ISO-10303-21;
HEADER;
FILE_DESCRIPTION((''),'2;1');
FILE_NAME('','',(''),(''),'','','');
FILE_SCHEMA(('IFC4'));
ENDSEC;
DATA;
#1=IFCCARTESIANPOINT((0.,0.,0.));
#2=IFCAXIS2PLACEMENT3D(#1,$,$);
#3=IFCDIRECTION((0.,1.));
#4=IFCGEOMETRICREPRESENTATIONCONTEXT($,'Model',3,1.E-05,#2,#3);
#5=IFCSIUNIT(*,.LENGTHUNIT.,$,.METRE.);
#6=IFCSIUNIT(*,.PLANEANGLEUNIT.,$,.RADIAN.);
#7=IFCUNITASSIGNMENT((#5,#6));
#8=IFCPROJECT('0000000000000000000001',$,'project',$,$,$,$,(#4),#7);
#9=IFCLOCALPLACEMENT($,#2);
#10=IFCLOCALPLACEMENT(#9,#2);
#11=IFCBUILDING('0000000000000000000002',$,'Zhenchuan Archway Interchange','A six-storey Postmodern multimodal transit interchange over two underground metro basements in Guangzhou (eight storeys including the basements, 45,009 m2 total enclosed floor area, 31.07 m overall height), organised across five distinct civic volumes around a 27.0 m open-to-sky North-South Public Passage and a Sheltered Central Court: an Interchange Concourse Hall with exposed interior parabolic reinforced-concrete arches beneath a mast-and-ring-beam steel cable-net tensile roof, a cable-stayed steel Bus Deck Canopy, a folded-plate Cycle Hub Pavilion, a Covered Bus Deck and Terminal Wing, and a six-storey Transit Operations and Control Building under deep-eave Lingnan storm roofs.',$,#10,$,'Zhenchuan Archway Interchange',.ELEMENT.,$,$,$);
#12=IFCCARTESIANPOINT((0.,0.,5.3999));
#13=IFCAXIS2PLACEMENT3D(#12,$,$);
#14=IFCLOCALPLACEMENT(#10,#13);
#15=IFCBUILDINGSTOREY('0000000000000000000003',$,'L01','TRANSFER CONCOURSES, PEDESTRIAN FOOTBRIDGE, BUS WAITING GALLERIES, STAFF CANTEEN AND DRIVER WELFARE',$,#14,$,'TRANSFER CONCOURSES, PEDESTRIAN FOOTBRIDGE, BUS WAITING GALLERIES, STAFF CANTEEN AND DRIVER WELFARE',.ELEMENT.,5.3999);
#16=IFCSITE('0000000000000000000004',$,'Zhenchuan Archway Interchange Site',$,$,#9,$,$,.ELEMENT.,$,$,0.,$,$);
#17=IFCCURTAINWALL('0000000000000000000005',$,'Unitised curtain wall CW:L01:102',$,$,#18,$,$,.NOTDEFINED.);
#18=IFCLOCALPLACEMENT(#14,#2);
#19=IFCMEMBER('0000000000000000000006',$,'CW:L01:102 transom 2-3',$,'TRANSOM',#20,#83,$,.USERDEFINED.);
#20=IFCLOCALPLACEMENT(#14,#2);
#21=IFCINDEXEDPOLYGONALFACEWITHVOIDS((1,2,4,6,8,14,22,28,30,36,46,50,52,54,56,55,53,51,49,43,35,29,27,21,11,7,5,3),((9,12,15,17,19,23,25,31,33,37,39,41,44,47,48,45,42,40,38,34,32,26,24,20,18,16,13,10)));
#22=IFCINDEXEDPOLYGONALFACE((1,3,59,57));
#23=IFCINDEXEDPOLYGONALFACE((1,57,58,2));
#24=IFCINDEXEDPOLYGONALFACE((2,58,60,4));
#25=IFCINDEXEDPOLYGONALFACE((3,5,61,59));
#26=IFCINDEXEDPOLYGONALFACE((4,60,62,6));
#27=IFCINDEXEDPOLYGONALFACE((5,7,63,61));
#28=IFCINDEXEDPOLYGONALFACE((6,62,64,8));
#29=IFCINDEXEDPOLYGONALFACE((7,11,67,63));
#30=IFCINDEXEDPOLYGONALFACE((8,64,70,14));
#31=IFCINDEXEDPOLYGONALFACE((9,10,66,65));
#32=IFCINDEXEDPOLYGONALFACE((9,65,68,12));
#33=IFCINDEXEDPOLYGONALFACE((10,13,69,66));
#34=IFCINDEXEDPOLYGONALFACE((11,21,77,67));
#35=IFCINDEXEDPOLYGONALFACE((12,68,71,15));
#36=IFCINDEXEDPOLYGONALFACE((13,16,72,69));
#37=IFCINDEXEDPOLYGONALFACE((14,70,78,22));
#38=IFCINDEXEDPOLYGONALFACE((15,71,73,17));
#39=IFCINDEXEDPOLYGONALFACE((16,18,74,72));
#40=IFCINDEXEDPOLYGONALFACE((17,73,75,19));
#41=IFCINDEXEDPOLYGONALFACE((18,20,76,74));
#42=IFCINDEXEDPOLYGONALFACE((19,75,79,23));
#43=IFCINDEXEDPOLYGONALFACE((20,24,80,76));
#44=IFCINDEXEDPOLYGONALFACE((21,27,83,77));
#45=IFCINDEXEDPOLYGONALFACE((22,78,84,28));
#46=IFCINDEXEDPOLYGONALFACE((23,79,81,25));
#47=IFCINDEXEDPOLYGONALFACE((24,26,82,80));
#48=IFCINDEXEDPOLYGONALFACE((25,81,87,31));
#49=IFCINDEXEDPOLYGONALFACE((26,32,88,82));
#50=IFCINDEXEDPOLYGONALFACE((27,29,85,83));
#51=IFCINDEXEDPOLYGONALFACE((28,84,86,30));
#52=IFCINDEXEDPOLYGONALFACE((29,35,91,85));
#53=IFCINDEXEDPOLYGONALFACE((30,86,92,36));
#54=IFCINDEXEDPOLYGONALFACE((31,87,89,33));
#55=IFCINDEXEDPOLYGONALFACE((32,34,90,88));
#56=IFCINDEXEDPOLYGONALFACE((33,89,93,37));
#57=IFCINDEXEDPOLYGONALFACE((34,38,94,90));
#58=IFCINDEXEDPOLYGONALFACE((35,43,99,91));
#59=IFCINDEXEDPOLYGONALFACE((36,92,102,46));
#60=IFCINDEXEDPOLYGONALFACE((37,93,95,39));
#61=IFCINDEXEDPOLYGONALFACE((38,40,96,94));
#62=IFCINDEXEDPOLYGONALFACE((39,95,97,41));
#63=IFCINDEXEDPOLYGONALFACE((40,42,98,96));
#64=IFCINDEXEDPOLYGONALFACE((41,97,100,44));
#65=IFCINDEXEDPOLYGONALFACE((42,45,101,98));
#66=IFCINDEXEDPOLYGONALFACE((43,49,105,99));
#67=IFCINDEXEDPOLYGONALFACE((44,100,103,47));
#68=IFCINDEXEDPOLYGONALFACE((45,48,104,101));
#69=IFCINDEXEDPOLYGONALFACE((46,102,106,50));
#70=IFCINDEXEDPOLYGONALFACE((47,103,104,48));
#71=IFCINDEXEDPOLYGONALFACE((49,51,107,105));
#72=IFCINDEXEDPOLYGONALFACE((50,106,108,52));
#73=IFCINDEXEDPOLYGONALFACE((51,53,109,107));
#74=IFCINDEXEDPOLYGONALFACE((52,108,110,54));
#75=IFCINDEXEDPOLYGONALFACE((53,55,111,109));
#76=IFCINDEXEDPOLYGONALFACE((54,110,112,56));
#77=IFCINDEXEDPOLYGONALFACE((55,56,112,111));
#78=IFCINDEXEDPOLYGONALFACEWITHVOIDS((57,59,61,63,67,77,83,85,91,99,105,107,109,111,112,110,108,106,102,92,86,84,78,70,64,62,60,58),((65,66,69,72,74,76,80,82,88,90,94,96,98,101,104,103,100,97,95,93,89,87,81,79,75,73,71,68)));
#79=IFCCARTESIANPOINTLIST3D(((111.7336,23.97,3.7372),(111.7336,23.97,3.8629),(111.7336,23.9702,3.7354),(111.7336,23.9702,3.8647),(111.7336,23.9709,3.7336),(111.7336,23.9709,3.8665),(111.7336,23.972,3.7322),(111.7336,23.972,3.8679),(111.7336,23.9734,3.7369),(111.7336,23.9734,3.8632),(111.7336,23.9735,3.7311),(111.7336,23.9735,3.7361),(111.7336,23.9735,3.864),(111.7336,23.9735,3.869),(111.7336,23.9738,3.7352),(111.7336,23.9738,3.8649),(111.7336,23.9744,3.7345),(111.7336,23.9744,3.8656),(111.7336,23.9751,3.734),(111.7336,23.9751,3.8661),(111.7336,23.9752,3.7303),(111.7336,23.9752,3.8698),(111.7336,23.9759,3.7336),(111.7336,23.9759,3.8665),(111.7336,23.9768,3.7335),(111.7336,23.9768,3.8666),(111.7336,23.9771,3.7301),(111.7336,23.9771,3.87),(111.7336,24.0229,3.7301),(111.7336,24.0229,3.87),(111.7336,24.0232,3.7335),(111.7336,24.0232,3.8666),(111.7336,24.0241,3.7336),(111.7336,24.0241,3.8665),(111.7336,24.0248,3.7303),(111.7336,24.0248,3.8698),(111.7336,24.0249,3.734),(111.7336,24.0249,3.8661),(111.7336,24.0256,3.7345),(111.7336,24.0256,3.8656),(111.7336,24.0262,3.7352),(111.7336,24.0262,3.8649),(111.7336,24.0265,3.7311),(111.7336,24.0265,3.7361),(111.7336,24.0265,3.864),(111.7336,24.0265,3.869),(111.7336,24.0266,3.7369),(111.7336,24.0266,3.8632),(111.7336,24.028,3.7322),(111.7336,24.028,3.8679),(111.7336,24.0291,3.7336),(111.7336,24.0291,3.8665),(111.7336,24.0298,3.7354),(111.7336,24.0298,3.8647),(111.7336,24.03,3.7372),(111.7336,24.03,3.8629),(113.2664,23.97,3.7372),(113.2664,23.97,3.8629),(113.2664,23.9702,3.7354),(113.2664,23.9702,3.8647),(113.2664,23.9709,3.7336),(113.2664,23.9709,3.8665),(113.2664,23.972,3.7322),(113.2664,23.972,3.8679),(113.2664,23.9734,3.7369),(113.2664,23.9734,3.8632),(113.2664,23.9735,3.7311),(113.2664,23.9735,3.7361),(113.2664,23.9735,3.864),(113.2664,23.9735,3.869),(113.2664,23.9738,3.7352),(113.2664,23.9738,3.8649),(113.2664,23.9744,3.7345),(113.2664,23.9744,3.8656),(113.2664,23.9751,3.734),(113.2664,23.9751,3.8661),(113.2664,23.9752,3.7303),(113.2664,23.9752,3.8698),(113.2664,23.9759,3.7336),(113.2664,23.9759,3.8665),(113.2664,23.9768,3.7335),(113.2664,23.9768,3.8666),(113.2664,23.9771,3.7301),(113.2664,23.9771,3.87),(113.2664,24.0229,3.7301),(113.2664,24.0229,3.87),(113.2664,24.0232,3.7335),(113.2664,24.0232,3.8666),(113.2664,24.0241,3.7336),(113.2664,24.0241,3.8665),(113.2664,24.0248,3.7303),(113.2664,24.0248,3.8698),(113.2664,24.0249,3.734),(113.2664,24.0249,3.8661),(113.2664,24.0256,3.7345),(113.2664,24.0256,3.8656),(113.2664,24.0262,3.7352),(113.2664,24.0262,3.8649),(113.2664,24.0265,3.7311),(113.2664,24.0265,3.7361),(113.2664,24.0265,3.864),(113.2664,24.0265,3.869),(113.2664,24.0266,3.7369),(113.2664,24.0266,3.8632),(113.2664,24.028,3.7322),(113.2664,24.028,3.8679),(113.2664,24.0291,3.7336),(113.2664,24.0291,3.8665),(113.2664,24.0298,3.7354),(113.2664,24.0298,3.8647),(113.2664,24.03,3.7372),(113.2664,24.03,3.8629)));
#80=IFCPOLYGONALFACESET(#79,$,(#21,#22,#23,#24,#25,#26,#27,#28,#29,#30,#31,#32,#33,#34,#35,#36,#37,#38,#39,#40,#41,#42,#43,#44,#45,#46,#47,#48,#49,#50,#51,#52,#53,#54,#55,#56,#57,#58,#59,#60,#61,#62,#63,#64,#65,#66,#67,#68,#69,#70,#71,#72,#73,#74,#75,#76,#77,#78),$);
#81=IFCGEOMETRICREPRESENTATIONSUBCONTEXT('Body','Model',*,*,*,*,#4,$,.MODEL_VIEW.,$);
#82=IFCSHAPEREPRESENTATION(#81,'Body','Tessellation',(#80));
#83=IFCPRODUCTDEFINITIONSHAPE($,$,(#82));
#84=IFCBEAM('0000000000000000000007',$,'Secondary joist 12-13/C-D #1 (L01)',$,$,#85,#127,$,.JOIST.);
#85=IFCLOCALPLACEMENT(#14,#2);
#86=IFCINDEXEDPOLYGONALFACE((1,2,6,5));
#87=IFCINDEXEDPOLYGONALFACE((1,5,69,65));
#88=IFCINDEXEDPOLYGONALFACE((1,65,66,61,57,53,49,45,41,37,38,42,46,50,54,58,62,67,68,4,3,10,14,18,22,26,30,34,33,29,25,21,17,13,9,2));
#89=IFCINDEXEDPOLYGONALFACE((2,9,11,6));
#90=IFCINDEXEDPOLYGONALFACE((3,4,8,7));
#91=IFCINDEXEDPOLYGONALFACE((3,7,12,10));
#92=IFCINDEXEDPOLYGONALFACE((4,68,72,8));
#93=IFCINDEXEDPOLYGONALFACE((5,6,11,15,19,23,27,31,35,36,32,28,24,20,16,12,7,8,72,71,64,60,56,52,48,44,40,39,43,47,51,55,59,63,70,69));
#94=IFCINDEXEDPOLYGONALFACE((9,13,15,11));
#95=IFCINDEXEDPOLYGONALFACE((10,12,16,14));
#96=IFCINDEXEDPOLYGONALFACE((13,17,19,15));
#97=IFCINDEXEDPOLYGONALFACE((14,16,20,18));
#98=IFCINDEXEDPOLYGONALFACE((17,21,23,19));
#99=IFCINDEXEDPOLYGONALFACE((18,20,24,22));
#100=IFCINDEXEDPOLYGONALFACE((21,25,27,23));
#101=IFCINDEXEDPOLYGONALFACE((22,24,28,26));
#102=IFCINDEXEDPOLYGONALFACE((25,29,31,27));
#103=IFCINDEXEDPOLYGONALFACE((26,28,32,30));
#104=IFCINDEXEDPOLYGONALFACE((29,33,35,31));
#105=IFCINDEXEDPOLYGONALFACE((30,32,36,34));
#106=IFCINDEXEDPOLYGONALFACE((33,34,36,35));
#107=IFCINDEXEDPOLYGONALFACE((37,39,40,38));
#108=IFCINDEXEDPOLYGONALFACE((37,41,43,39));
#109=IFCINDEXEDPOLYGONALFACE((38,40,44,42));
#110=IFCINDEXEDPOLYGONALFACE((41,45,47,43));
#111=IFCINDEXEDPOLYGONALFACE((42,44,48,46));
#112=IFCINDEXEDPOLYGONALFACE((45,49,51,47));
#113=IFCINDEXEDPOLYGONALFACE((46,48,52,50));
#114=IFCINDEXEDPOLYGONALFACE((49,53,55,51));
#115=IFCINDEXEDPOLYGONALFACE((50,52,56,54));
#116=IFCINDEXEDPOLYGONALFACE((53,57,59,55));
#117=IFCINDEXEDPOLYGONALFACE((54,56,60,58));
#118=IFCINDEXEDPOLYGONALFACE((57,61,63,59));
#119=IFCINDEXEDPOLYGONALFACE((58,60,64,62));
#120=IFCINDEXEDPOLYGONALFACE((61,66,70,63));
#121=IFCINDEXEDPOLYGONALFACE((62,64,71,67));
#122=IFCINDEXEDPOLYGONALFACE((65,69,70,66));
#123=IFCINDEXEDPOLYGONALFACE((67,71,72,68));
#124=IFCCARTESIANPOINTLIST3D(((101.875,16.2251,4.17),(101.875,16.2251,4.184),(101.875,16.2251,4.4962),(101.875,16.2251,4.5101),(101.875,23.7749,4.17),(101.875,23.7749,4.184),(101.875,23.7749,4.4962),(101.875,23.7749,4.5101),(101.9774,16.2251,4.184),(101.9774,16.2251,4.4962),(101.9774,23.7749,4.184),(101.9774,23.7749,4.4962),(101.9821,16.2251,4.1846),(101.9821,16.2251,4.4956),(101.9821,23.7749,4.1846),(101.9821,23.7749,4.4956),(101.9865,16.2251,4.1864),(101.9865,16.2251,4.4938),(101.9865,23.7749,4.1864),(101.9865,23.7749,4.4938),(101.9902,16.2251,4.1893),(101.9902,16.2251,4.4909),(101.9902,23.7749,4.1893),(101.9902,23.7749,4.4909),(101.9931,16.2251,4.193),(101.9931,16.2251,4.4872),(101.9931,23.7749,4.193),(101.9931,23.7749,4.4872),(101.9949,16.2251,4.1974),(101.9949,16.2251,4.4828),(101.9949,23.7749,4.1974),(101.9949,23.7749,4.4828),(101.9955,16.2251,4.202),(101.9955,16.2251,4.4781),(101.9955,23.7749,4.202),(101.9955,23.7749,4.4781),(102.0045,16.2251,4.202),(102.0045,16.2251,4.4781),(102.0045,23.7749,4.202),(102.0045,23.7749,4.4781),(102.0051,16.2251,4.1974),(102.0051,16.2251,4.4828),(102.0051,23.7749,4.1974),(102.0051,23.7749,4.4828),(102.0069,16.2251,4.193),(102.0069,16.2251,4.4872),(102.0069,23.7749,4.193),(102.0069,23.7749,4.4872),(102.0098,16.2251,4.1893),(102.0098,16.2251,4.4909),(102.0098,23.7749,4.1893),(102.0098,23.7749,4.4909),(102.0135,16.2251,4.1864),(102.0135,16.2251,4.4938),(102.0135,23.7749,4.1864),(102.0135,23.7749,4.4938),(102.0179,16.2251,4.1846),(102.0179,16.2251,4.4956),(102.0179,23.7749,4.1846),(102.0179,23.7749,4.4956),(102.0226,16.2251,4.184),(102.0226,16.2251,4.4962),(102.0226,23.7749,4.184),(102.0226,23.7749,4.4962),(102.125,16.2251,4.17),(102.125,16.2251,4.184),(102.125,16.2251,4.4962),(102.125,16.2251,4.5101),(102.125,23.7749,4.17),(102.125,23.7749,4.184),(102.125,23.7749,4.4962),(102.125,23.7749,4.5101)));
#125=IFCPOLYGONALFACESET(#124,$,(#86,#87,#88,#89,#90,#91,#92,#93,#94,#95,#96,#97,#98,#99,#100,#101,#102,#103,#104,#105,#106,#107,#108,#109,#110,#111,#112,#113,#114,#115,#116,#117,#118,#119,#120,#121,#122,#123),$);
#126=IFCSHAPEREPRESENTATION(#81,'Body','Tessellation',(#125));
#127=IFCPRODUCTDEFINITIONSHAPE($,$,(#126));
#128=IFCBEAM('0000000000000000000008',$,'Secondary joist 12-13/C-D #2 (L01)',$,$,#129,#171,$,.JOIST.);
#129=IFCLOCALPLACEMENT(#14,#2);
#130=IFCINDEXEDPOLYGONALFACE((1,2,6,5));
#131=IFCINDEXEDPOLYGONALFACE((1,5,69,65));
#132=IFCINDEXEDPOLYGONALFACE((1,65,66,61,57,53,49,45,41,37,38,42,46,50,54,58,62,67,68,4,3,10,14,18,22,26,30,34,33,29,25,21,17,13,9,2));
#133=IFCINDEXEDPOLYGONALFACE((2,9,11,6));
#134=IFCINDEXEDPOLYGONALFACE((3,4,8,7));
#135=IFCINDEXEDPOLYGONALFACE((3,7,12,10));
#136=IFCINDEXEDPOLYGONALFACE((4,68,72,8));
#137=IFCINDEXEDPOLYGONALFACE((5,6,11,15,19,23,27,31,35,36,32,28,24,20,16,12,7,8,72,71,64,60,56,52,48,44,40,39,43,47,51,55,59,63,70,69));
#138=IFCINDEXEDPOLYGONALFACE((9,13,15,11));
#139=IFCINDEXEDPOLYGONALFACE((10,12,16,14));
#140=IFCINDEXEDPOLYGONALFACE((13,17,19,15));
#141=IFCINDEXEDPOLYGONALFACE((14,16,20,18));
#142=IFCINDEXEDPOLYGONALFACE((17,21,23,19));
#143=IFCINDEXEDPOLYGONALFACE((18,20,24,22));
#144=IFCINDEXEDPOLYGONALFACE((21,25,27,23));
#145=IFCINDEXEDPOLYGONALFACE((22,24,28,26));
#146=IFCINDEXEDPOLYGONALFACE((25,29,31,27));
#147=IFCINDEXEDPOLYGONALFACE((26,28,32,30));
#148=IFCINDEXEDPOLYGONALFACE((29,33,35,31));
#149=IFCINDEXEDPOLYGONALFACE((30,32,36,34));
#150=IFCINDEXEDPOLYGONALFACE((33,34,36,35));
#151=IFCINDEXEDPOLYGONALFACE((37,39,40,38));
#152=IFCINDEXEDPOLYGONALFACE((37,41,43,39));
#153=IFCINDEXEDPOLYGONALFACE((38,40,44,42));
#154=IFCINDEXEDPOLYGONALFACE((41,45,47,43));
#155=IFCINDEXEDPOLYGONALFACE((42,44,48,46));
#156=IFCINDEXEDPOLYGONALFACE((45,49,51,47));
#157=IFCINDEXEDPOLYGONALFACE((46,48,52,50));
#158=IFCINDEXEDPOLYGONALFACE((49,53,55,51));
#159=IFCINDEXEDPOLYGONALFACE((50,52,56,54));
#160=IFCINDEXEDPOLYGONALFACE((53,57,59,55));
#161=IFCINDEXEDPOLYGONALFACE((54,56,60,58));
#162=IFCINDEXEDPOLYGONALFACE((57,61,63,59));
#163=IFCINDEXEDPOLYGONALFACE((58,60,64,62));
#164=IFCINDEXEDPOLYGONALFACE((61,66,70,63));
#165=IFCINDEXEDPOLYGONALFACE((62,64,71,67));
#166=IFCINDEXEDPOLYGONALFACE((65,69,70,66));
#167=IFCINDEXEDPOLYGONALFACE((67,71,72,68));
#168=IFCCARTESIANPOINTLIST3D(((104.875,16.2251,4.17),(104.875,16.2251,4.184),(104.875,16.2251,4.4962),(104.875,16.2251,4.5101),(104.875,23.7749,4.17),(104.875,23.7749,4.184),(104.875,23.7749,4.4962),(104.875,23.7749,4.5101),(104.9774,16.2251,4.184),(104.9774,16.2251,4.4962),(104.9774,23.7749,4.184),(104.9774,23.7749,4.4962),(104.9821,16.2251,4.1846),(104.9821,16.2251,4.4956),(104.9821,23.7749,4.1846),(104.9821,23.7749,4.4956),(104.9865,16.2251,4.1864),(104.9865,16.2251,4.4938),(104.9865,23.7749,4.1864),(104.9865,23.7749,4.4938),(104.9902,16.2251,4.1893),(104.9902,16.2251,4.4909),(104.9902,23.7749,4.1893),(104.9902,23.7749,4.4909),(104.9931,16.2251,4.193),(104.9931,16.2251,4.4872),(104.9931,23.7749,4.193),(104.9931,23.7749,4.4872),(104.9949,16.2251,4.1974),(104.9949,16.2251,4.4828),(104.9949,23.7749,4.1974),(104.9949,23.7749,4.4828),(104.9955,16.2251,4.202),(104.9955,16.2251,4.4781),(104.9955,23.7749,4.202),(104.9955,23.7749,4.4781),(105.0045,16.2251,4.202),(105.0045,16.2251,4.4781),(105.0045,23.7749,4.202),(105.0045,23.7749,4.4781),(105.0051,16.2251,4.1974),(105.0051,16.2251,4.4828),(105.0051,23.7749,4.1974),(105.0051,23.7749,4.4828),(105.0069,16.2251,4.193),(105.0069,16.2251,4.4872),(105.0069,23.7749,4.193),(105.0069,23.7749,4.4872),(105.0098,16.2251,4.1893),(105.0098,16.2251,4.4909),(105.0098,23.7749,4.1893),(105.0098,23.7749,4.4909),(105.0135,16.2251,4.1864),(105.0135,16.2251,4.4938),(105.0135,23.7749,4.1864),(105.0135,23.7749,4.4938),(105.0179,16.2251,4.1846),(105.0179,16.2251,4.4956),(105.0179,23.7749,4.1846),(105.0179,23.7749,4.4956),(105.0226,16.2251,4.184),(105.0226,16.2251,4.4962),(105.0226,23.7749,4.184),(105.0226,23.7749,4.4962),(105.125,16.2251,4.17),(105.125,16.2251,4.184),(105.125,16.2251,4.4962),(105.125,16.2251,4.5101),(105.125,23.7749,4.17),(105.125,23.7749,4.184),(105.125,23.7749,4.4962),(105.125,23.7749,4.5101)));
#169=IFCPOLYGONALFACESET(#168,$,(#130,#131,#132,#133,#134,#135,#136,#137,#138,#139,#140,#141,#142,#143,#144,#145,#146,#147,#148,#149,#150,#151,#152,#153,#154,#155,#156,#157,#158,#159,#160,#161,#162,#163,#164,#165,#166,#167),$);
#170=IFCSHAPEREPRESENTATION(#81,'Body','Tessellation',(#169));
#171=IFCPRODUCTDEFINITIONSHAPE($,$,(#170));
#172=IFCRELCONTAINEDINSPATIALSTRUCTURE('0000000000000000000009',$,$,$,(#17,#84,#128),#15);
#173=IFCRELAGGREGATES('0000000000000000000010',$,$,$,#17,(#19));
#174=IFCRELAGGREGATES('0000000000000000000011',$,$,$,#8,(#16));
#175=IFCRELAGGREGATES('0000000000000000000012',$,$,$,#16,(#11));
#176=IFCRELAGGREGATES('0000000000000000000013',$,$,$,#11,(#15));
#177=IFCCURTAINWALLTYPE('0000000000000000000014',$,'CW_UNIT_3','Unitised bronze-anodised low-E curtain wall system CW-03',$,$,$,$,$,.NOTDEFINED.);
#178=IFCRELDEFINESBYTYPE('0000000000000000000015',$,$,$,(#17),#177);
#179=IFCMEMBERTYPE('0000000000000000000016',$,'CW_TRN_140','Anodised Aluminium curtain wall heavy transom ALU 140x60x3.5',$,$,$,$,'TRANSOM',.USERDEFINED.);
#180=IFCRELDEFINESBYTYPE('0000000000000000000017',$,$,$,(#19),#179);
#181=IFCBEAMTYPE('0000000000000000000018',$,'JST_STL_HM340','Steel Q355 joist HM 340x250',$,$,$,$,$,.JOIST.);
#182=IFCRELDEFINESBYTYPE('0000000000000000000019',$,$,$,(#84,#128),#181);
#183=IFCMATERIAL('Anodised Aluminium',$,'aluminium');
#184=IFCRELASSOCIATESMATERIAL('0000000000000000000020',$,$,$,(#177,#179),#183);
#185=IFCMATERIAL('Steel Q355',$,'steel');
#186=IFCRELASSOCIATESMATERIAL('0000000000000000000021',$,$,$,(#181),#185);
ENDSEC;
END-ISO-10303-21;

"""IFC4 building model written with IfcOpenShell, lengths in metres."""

from ifc_helpers import new_model, si_unit, direction, frame, origin, origin_2d, place, context, subcontext, project, spatial, hollow_rectangle, i_section, extrude, material, material_profile, profile_set, type_object, element, aggregate, save


model = new_model("IFC4")

# Units and contexts
model_context = context("Model", 3, precision=1e-05, world=origin(), true_north=direction((0.0, 1.0)))
body_context = subcontext(model_context, "Body", "Model", "MODEL_VIEW")
ifc_project = project(units=[si_unit("LENGTHUNIT", "METRE"), si_unit("PLANEANGLEUNIT", "RADIAN")], contexts=[model_context])

# Site, building, storey
site_placement = place(None, origin())
site = spatial("IfcSite", under=ifc_project, at=site_placement, Name="Zhenchuan Archway Interchange Site", CompositionType="ELEMENT", RefElevation=0.0)
building_placement = place(site_placement, origin())
building = spatial("IfcBuilding", under=site, at=building_placement, Name="Zhenchuan Archway Interchange", Description="A six-storey Postmodern multimodal transit interchange over two underground metro basements in Guangzhou (eight storeys including the basements, 45,009 m2 total enclosed floor area, 31.07 m overall height), organised across five distinct civic volumes around a 27.0 m open-to-sky North-South Public Passage and a Sheltered Central Court: an Interchange Concourse Hall with exposed interior parabolic reinforced-concrete arches beneath a mast-and-ring-beam steel cable-net tensile roof, a cable-stayed steel Bus Deck Canopy, a folded-plate Cycle Hub Pavilion, a Covered Bus Deck and Terminal Wing, and a six-storey Transit Operations and Control Building under deep-eave Lingnan storm roofs.", LongName="Zhenchuan Archway Interchange", CompositionType="ELEMENT")
storey_placement = place(building_placement, frame((0.0, 0.0, 5.3999)))
storey = spatial("IfcBuildingStorey", under=building, at=storey_placement, Name="L01", Description="TRANSFER CONCOURSES, PEDESTRIAN FOOTBRIDGE, BUS WAITING GALLERIES, STAFF CANTEEN AND DRIVER WELFARE", LongName="TRANSFER CONCOURSES, PEDESTRIAN FOOTBRIDGE, BUS WAITING GALLERIES, STAFF CANTEEN AND DRIVER WELFARE", CompositionType="ELEMENT", Elevation=5.3999)

# Curtain wall, member
ifc_material_1 = material(Name="Anodised Aluminium", Category="aluminium")
curtain_wall_type = type_object("IfcCurtainWallType", Name="CW_UNIT_3", Description="Unitised bronze-anodised low-E curtain wall system CW-03", PredefinedType="NOTDEFINED", material=ifc_material_1)
curtain_wall_placement = place(storey_placement, origin())
curtain_wall = element("IfcCurtainWall", 1, at=curtain_wall_placement, inside=storey, type_object=curtain_wall_type, Name="Unitised curtain wall CW:L01:102", PredefinedType="NOTDEFINED")
ifc_material_profile_1 = material_profile(ifc_material_1, hollow_rectangle(XDim=0.0601, YDim=0.1399, WallThickness=0.0034, InnerFilletRadius=0.0034, OuterFilletRadius=0.0071, at=origin_2d()), Name="ALU 140x60x3.5")
ifc_profile_set_1 = profile_set([ifc_material_profile_1], Name="Anodised Aluminium")
member_type_1 = type_object("IfcMemberType", Name="CW_TRN_140", Description="Anodised Aluminium curtain wall heavy transom ALU 140x60x3.5", ElementType="TRANSOM", PredefinedType="USERDEFINED", material=ifc_profile_set_1)
member_1_placement = place(storey_placement, frame((111.7336, 24.0, 3.8), z_axis=(1.0, 0.0, 0.0), x_axis=(0.0, 1.0, 0.0)))
member_1 = element("IfcMember", 2, at=member_1_placement, type_object=member_type_1, Name="CW:L01:102 transom 2-3", ObjectType="TRANSOM", PredefinedType="USERDEFINED", context=body_context, shape_type="SweptSolid", body=[
    extrude(hollow_rectangle(XDim=0.0601, YDim=0.1399, WallThickness=0.0034, InnerFilletRadius=0.0034, OuterFilletRadius=0.0071, at=origin_2d()), origin(), (0.0, 0.0, 1.0), 1.5327),
])

# Beams
ifc_material_2 = material(Name="Steel Q355", Category="steel")
ifc_material_profile_2 = material_profile(ifc_material_2, i_section(OverallWidth=0.25, OverallDepth=0.3401, WebThickness=0.009, FlangeThickness=0.0139, FilletRadius=0.0181, at=origin_2d()), Name="HM 340x250")
ifc_profile_set_2 = profile_set([ifc_material_profile_2], Name="Steel Q355")
beam_type_1 = type_object("IfcBeamType", Name="JST_STL_HM340", Description="Steel Q355 joist HM 340x250", PredefinedType="JOIST", material=ifc_profile_set_2)
for number, where, z_axis, x_axis, name in (
    (3, (102.0, 16.2251, 4.3401), (0.0, 1.0, 0.0), (-1.0, 0.0, 0.0), "Secondary joist 12-13/C-D #1 (L01)"),
    (4, (105.0, 16.2251, 4.3401), (0.0, 1.0, 0.0), (-1.0, 0.0, 0.0), "Secondary joist 12-13/C-D #2 (L01)"),
):
    element("IfcBeam", number, at=place(storey_placement, frame(where, z_axis=z_axis, x_axis=x_axis)), inside=storey, type_object=beam_type_1, Name=name, PredefinedType="JOIST", context=body_context, shape_type="SweptSolid", body=[
        extrude(i_section(OverallWidth=0.25, OverallDepth=0.3401, WebThickness=0.009, FlangeThickness=0.0139, FilletRadius=0.0181, at=origin_2d()), origin(), (0.0, 0.0, 1.0), 7.5498),
    ])

aggregate(curtain_wall, [member_1])

save(model, "model.ifc")
